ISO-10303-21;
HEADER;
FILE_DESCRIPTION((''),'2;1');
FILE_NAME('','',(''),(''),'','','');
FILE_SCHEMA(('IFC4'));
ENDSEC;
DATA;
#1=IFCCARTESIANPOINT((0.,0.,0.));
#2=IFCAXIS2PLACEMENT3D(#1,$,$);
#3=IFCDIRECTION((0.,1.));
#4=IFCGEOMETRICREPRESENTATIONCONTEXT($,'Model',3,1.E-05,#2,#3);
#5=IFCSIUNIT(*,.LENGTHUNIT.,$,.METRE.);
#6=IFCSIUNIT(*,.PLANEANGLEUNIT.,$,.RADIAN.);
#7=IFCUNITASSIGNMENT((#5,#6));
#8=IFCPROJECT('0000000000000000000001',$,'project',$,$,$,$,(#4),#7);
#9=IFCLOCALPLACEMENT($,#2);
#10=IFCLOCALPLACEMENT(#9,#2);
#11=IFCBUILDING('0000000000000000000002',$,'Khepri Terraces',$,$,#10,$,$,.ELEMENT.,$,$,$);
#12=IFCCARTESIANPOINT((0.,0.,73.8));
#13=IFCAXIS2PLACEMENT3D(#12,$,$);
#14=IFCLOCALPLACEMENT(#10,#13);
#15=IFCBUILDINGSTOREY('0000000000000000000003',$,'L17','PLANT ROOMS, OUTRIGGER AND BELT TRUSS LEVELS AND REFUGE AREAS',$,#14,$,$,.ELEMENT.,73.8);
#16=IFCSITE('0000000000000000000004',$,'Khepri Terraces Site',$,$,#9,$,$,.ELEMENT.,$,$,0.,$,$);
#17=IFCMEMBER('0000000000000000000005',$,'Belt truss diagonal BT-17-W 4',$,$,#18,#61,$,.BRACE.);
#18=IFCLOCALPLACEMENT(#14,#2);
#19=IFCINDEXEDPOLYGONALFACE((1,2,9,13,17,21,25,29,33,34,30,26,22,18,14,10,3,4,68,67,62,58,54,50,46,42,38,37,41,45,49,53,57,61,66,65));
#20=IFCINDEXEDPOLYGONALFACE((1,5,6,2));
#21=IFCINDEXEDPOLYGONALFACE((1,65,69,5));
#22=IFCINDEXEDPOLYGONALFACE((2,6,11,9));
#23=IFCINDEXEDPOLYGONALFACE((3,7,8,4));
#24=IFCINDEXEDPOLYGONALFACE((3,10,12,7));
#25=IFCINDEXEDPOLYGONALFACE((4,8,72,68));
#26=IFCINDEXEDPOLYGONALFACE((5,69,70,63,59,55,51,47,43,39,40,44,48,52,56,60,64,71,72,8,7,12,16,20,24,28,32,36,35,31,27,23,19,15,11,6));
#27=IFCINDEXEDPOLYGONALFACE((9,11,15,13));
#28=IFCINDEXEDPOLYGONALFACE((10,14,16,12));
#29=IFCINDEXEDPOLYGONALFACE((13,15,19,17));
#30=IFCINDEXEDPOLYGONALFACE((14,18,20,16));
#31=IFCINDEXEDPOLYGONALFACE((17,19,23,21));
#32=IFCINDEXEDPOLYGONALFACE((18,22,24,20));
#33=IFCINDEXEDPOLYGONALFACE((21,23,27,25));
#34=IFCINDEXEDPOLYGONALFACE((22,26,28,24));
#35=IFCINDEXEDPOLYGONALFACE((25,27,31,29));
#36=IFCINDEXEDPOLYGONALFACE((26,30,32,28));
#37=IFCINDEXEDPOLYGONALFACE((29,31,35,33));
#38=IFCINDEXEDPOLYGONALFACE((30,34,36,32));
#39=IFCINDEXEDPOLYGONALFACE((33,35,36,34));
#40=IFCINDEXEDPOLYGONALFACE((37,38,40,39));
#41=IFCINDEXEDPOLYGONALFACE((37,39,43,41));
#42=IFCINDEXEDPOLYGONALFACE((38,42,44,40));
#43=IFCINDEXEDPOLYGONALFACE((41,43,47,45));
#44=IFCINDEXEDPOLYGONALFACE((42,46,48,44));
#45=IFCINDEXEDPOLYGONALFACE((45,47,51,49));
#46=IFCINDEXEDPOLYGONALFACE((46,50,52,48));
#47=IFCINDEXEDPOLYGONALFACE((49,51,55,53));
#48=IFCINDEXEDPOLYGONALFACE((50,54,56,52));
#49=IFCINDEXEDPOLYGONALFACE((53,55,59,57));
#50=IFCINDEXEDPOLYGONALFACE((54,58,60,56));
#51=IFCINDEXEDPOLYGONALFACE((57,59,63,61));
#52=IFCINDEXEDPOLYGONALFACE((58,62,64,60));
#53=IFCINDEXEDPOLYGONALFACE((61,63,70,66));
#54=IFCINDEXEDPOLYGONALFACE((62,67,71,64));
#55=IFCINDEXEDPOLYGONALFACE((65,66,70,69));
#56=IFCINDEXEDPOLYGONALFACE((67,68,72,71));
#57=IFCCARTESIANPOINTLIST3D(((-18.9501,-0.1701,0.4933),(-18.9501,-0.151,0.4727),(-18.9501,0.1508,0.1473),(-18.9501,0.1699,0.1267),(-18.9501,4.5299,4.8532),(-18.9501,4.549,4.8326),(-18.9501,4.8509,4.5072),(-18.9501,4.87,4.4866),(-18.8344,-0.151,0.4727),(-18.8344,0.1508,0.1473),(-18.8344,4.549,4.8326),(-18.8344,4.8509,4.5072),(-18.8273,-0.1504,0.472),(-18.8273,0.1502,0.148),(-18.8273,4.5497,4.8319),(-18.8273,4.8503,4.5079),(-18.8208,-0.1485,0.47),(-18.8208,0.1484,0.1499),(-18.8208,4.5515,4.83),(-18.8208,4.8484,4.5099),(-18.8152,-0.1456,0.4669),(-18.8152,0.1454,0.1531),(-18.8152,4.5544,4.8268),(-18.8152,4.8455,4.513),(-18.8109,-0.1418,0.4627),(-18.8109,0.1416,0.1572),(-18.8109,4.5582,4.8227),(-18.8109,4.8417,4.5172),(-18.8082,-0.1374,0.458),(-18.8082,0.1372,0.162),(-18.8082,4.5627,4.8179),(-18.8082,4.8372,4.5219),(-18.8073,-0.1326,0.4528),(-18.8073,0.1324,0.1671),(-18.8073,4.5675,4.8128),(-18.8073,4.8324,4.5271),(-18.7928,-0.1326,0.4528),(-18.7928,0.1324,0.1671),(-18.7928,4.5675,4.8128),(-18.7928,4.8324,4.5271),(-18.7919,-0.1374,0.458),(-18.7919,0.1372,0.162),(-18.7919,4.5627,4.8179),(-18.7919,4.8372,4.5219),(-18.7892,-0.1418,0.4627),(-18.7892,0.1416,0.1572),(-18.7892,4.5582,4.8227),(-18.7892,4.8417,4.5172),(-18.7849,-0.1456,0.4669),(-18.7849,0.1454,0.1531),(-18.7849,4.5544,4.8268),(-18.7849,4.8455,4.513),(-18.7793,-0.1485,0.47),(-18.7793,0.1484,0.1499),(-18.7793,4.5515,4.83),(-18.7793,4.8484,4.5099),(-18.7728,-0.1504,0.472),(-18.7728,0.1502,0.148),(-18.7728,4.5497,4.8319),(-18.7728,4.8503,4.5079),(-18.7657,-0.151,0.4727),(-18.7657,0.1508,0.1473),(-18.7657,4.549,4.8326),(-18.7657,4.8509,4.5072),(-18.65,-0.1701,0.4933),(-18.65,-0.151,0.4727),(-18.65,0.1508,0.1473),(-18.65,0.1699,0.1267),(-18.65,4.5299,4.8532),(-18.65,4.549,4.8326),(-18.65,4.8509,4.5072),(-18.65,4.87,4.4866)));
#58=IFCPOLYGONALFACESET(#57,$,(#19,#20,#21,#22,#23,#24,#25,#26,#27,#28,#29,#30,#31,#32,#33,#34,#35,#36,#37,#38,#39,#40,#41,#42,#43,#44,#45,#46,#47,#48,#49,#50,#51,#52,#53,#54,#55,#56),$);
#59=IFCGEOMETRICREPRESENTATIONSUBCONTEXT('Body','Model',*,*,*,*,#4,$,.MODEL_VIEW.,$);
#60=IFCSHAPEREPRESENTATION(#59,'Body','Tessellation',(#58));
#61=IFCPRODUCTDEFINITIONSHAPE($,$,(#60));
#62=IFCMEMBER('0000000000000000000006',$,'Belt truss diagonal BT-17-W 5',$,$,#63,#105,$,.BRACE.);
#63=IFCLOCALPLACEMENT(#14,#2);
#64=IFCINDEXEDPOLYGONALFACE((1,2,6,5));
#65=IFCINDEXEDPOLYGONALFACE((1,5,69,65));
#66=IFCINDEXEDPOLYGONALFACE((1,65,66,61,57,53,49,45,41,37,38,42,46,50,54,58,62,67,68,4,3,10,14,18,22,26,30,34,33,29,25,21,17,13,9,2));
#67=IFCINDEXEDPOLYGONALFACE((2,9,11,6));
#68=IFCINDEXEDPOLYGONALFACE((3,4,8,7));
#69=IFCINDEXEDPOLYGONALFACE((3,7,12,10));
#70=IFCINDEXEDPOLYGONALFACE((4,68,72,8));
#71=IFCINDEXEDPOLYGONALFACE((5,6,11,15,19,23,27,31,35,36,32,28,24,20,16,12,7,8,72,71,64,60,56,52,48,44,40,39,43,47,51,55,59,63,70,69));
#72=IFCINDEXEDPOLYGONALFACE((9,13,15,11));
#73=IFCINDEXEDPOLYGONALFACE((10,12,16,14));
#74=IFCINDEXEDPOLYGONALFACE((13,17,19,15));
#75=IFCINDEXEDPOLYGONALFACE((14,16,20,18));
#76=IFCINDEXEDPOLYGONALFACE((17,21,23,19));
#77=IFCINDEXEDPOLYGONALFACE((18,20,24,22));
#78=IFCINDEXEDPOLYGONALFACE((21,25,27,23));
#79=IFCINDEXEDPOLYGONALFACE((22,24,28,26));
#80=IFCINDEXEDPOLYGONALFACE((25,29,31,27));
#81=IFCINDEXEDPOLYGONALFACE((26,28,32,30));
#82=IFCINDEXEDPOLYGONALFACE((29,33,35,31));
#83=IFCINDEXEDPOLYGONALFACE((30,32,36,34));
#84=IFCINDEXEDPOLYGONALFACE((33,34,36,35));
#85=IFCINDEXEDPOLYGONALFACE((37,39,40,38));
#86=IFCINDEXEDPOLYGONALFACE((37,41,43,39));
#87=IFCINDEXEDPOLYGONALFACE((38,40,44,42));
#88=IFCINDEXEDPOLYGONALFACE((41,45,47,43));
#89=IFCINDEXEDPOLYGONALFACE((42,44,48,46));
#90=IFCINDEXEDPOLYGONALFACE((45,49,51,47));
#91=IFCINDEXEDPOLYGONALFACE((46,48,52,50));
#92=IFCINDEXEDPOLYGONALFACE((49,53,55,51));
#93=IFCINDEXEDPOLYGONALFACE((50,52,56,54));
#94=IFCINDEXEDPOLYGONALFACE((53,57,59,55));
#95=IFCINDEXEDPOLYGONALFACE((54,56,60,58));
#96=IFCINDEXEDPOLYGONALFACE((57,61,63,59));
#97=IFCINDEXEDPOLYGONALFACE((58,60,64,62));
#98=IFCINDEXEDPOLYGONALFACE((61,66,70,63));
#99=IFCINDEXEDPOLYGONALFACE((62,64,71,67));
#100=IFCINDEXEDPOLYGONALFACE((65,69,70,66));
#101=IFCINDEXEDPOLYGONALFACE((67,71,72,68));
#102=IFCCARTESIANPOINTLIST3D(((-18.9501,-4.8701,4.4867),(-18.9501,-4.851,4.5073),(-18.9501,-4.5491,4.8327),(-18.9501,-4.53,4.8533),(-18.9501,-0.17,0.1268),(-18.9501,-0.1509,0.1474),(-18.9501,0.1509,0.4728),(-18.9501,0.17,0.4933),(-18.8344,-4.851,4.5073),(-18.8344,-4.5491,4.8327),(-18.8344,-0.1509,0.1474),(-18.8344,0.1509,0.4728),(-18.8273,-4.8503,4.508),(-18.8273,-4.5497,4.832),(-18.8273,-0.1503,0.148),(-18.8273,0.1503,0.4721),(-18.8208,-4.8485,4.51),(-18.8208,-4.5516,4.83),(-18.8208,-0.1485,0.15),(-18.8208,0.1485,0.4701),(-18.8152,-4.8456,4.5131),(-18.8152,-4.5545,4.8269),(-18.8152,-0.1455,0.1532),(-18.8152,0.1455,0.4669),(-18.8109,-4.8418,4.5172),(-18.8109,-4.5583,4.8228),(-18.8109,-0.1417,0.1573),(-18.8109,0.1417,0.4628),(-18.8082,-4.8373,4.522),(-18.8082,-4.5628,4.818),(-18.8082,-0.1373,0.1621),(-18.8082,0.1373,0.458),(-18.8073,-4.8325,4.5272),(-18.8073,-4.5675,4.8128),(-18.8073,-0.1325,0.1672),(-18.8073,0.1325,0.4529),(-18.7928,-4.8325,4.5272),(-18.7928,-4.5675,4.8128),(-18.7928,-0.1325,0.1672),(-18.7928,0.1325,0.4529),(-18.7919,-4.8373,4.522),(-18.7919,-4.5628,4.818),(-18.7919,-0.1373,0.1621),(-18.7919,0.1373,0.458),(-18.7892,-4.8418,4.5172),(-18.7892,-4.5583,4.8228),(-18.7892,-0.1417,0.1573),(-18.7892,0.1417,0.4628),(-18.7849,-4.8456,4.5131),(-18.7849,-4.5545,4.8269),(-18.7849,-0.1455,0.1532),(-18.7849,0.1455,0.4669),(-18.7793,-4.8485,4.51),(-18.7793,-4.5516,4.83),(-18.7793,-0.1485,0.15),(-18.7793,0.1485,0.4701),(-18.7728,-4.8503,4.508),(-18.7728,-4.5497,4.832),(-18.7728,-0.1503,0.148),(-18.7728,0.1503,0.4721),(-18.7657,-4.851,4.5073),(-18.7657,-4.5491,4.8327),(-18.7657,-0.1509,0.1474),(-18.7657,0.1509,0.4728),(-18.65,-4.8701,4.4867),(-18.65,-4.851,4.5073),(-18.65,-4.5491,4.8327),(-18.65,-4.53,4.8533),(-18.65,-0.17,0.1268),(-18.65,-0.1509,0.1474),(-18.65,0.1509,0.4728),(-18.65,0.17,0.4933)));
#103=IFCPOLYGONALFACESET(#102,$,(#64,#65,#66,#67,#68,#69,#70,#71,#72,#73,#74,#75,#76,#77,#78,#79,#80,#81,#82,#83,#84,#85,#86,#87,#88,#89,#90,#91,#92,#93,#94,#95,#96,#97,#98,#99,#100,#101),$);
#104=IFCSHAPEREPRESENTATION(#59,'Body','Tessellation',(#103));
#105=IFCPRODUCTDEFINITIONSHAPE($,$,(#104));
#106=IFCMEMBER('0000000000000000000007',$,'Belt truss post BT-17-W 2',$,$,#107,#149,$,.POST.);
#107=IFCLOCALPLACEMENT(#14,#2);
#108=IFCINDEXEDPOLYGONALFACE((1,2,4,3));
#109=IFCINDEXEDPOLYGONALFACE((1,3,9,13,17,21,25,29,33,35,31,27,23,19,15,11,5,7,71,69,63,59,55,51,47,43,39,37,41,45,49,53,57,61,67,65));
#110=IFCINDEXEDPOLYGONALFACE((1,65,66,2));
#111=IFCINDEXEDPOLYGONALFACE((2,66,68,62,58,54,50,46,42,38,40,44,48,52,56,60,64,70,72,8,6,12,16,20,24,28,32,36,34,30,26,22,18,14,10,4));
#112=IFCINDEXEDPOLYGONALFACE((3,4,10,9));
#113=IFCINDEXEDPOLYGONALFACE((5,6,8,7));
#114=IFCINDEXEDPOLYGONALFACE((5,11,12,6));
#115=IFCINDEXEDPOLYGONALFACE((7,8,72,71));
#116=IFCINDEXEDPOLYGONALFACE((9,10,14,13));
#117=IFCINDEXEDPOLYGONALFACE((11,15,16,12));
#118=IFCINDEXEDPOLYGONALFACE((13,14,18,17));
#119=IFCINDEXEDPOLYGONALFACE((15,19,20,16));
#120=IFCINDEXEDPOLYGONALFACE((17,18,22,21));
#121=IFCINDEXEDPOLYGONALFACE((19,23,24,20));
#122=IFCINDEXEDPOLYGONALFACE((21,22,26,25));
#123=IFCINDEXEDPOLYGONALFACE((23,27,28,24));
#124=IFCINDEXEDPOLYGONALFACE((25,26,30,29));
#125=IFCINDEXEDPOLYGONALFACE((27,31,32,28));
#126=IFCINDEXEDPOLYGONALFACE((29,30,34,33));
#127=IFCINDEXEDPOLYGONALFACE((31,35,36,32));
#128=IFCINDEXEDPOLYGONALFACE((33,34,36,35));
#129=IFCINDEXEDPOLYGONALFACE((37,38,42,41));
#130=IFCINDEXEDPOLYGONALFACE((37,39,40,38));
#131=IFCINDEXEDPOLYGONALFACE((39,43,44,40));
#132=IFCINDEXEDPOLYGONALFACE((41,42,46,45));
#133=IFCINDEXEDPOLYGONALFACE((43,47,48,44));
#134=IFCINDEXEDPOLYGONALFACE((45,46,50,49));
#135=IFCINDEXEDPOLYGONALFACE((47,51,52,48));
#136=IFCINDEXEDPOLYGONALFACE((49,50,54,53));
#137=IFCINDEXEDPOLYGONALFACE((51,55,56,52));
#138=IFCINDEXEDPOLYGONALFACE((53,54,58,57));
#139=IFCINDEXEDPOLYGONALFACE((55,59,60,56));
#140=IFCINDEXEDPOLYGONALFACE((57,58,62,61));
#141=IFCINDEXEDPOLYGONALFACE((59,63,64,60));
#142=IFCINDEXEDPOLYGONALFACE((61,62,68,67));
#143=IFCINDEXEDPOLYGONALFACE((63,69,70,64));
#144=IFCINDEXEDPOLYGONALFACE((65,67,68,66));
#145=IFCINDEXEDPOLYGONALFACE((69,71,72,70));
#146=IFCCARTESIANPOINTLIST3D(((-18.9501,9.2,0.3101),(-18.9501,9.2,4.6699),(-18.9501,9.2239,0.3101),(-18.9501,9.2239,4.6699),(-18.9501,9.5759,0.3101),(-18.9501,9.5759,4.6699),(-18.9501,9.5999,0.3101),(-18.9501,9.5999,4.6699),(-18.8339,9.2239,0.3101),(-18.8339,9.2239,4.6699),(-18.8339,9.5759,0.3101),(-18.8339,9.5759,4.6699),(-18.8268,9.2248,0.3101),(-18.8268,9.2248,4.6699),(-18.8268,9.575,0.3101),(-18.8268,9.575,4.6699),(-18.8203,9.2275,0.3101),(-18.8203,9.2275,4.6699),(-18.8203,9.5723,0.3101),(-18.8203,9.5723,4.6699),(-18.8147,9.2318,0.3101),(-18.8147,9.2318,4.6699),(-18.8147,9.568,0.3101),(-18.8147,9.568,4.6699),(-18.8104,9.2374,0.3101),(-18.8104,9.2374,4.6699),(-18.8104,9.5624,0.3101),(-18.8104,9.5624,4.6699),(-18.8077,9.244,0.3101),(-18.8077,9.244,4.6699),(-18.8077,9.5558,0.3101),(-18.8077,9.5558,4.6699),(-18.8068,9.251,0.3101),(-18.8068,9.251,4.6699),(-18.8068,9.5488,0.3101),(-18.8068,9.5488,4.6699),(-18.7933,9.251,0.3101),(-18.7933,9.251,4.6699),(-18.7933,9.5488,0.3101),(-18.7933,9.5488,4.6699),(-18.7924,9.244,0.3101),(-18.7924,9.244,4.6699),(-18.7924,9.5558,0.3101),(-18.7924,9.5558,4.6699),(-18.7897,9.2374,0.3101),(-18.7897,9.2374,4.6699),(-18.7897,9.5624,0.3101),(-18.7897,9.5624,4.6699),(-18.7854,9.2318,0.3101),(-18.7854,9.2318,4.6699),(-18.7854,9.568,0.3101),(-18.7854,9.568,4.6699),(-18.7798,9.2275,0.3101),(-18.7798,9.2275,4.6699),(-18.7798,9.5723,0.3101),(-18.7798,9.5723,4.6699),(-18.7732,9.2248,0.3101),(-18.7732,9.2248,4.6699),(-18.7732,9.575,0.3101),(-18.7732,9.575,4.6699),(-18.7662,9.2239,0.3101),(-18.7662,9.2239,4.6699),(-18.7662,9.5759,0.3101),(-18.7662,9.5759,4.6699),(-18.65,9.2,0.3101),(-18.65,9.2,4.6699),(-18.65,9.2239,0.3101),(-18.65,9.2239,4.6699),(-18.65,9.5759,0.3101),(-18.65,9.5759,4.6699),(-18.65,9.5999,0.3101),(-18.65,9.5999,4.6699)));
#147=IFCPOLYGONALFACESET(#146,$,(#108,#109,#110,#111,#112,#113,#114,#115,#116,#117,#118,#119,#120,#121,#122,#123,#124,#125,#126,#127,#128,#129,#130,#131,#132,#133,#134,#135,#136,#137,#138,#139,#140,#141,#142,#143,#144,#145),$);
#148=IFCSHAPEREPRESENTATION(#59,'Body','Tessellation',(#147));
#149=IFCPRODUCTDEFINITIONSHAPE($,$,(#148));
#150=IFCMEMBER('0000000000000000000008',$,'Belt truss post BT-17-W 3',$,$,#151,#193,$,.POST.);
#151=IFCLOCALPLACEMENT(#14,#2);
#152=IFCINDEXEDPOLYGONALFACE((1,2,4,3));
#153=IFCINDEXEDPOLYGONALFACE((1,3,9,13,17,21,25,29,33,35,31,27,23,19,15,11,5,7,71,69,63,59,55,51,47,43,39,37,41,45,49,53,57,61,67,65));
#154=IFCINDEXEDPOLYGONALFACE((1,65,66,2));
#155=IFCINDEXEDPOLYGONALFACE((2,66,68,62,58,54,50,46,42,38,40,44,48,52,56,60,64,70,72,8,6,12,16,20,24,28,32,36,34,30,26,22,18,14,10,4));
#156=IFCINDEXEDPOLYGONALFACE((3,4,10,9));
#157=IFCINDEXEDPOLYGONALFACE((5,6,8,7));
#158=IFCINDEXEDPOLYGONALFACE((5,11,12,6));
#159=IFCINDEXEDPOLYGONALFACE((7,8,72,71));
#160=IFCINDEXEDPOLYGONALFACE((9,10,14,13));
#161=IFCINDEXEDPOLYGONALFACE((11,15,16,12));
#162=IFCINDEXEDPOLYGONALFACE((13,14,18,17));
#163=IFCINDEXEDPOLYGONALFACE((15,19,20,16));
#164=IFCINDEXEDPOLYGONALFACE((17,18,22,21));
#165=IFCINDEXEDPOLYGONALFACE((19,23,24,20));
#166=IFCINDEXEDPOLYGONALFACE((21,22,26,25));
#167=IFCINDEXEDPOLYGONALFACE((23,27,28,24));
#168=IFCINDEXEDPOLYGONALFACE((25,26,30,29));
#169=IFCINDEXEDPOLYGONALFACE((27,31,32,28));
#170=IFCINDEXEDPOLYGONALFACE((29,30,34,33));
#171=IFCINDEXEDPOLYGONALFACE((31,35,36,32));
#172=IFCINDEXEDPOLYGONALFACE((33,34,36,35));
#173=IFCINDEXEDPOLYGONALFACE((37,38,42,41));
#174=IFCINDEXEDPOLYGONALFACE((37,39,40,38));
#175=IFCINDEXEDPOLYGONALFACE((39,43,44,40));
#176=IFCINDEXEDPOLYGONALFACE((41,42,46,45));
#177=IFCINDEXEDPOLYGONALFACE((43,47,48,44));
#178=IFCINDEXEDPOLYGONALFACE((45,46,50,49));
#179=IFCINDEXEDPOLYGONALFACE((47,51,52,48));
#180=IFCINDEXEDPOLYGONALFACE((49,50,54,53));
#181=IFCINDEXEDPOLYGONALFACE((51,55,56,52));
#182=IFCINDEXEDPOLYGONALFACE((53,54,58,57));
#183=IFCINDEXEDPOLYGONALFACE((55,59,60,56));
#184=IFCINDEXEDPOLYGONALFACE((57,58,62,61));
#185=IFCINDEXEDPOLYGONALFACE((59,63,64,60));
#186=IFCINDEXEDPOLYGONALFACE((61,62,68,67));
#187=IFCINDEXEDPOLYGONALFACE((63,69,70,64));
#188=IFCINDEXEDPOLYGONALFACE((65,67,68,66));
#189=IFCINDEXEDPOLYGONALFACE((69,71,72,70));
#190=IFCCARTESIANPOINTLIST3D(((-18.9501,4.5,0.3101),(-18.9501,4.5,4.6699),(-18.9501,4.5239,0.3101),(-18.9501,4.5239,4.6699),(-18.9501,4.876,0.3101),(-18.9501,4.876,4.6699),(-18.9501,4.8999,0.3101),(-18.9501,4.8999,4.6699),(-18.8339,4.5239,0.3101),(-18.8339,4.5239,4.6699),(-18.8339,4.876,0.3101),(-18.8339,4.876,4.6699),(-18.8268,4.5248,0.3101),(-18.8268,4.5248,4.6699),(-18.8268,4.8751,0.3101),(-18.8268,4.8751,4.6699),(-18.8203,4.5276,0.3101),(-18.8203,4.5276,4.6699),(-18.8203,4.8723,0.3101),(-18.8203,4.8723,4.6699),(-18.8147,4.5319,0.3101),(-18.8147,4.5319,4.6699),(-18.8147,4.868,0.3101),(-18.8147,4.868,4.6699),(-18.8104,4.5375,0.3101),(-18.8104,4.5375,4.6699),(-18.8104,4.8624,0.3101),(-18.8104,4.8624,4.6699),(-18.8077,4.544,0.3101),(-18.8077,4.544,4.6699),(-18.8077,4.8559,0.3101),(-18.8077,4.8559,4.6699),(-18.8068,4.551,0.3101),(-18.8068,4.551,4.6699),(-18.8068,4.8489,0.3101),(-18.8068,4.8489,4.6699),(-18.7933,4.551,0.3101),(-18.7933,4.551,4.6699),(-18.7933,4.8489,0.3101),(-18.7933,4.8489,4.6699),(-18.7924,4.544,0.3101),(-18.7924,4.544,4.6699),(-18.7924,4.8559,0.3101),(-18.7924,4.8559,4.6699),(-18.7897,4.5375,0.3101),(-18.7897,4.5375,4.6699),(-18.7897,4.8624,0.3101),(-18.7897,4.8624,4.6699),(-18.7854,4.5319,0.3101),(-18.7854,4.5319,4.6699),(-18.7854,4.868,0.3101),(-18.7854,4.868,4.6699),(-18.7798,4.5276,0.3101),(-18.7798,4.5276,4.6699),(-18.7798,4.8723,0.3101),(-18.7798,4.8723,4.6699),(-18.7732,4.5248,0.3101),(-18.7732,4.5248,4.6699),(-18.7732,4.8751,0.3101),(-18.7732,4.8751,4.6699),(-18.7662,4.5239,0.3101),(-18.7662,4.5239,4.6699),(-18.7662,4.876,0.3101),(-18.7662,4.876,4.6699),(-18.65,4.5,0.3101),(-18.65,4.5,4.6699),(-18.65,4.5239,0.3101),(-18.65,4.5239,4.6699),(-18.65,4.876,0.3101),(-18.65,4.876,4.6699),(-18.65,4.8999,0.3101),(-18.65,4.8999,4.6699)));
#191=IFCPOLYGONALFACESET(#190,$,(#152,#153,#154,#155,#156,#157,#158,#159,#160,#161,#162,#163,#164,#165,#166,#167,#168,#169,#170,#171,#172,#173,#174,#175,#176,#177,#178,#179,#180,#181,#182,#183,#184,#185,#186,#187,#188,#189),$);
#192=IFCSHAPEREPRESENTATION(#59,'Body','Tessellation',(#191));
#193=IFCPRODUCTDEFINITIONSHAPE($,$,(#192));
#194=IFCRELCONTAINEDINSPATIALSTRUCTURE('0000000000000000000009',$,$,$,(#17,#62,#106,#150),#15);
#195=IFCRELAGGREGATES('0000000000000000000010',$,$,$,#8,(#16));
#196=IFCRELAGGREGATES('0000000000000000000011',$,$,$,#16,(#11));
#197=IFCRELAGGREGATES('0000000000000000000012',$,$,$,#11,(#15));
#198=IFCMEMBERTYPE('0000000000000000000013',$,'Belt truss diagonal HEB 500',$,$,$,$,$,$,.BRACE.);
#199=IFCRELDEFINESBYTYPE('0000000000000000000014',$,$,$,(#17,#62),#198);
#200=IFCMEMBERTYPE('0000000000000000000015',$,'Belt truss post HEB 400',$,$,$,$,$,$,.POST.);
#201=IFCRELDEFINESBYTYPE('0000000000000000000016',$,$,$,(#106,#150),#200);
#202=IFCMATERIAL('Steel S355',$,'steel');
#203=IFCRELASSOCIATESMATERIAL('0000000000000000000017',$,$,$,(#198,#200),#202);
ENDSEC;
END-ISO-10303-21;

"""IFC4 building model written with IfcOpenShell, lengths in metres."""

from ifc_helpers import new_model, si_unit, direction, frame, origin, origin_2d, place, context, subcontext, project, spatial, i_section, extrude, material, material_profile, profile_set, type_object, element, save


model = new_model("IFC4")

# Units and contexts
model_context = context("Model", 3, precision=1e-05, world=origin(), true_north=direction((0.0, 1.0)))
body_context = subcontext(model_context, "Body", "Model", "MODEL_VIEW")
ifc_project = project(units=[si_unit("LENGTHUNIT", "METRE"), si_unit("PLANEANGLEUNIT", "RADIAN")], contexts=[model_context])

# Site, building, storey
site_placement = place(None, origin())
site = spatial("IfcSite", under=ifc_project, at=site_placement, Name="Khepri Terraces Site", CompositionType="ELEMENT", RefElevation=0.0)
building_placement = place(site_placement, origin())
building = spatial("IfcBuilding", under=site, at=building_placement, Name="Khepri Terraces", CompositionType="ELEMENT")
storey_placement = place(building_placement, frame((0.0, 0.0, 73.8)))
storey = spatial("IfcBuildingStorey", under=building, at=storey_placement, Name="L17", Description="PLANT ROOMS, OUTRIGGER AND BELT TRUSS LEVELS AND REFUGE AREAS", CompositionType="ELEMENT", Elevation=73.8)

# Members
ifc_material_1 = material(Name="Steel S355", Category="steel")
ifc_material_profile_1 = material_profile(ifc_material_1, i_section(OverallWidth=0.3, OverallDepth=0.5, WebThickness=0.0144, FlangeThickness=0.0281, FilletRadius=0.0271, at=origin_2d()), Name="Steel S355", Category="steel")
ifc_profile_set_1 = profile_set([ifc_material_profile_1], Name="Steel S355")
member_type_1 = type_object("IfcMemberType", Name="Belt truss diagonal HEB 500", PredefinedType="BRACE", material=ifc_profile_set_1)
for number, where, z_axis, x_axis, name in (
    (1, (-18.8, 4.7, 4.6699), (0.0, -0.733134, -0.680084), (1.0, 0.0, 0.0), "Belt truss diagonal BT-17-W 4"),
    (2, (-18.8, 0.0, 0.3101), (0.0, -0.733134, 0.680084), (1.0, 0.0, 0.0), "Belt truss diagonal BT-17-W 5"),
):
    element("IfcMember", number, at=place(storey_placement, frame(where, z_axis=z_axis, x_axis=x_axis)), inside=storey, type_object=member_type_1, Name=name, PredefinedType="BRACE", context=body_context, shape_type="SweptSolid", body=[
        extrude(i_section(OverallWidth=0.3, OverallDepth=0.5, WebThickness=0.0144, FlangeThickness=0.0281, FilletRadius=0.0271, at=origin_2d()), origin(), (0.0, 0.0, 1.0), 6.4109),
    ])
ifc_material_profile_2 = material_profile(ifc_material_1, i_section(OverallWidth=0.3, OverallDepth=0.3999, WebThickness=0.0134, FlangeThickness=0.0239, FilletRadius=0.0271, at=origin_2d()), Name="Steel S355", Category="steel")
ifc_profile_set_2 = profile_set([ifc_material_profile_2], Name="Steel S355")
member_type_2 = type_object("IfcMemberType", Name="Belt truss post HEB 400", PredefinedType="POST", material=ifc_profile_set_2)
for number, where, z_axis, x_axis, name in (
    (3, (-18.8, 9.3999, 0.3101), (0.0, 0.0, 1.0), (1.0, 0.0, 0.0), "Belt truss post BT-17-W 2"),
    (4, (-18.8, 4.7, 0.3101), (0.0, 0.0, 1.0), (1.0, 0.0, 0.0), "Belt truss post BT-17-W 3"),
):
    element("IfcMember", number, at=place(storey_placement, frame(where, z_axis=z_axis, x_axis=x_axis)), inside=storey, type_object=member_type_2, Name=name, PredefinedType="POST", context=body_context, shape_type="SweptSolid", body=[
        extrude(i_section(OverallWidth=0.3, OverallDepth=0.3999, WebThickness=0.0134, FlangeThickness=0.0239, FilletRadius=0.0271, at=origin_2d()), origin(), (0.0, 0.0, 1.0), 4.3599),
    ])

save(model, "model.ifc")
